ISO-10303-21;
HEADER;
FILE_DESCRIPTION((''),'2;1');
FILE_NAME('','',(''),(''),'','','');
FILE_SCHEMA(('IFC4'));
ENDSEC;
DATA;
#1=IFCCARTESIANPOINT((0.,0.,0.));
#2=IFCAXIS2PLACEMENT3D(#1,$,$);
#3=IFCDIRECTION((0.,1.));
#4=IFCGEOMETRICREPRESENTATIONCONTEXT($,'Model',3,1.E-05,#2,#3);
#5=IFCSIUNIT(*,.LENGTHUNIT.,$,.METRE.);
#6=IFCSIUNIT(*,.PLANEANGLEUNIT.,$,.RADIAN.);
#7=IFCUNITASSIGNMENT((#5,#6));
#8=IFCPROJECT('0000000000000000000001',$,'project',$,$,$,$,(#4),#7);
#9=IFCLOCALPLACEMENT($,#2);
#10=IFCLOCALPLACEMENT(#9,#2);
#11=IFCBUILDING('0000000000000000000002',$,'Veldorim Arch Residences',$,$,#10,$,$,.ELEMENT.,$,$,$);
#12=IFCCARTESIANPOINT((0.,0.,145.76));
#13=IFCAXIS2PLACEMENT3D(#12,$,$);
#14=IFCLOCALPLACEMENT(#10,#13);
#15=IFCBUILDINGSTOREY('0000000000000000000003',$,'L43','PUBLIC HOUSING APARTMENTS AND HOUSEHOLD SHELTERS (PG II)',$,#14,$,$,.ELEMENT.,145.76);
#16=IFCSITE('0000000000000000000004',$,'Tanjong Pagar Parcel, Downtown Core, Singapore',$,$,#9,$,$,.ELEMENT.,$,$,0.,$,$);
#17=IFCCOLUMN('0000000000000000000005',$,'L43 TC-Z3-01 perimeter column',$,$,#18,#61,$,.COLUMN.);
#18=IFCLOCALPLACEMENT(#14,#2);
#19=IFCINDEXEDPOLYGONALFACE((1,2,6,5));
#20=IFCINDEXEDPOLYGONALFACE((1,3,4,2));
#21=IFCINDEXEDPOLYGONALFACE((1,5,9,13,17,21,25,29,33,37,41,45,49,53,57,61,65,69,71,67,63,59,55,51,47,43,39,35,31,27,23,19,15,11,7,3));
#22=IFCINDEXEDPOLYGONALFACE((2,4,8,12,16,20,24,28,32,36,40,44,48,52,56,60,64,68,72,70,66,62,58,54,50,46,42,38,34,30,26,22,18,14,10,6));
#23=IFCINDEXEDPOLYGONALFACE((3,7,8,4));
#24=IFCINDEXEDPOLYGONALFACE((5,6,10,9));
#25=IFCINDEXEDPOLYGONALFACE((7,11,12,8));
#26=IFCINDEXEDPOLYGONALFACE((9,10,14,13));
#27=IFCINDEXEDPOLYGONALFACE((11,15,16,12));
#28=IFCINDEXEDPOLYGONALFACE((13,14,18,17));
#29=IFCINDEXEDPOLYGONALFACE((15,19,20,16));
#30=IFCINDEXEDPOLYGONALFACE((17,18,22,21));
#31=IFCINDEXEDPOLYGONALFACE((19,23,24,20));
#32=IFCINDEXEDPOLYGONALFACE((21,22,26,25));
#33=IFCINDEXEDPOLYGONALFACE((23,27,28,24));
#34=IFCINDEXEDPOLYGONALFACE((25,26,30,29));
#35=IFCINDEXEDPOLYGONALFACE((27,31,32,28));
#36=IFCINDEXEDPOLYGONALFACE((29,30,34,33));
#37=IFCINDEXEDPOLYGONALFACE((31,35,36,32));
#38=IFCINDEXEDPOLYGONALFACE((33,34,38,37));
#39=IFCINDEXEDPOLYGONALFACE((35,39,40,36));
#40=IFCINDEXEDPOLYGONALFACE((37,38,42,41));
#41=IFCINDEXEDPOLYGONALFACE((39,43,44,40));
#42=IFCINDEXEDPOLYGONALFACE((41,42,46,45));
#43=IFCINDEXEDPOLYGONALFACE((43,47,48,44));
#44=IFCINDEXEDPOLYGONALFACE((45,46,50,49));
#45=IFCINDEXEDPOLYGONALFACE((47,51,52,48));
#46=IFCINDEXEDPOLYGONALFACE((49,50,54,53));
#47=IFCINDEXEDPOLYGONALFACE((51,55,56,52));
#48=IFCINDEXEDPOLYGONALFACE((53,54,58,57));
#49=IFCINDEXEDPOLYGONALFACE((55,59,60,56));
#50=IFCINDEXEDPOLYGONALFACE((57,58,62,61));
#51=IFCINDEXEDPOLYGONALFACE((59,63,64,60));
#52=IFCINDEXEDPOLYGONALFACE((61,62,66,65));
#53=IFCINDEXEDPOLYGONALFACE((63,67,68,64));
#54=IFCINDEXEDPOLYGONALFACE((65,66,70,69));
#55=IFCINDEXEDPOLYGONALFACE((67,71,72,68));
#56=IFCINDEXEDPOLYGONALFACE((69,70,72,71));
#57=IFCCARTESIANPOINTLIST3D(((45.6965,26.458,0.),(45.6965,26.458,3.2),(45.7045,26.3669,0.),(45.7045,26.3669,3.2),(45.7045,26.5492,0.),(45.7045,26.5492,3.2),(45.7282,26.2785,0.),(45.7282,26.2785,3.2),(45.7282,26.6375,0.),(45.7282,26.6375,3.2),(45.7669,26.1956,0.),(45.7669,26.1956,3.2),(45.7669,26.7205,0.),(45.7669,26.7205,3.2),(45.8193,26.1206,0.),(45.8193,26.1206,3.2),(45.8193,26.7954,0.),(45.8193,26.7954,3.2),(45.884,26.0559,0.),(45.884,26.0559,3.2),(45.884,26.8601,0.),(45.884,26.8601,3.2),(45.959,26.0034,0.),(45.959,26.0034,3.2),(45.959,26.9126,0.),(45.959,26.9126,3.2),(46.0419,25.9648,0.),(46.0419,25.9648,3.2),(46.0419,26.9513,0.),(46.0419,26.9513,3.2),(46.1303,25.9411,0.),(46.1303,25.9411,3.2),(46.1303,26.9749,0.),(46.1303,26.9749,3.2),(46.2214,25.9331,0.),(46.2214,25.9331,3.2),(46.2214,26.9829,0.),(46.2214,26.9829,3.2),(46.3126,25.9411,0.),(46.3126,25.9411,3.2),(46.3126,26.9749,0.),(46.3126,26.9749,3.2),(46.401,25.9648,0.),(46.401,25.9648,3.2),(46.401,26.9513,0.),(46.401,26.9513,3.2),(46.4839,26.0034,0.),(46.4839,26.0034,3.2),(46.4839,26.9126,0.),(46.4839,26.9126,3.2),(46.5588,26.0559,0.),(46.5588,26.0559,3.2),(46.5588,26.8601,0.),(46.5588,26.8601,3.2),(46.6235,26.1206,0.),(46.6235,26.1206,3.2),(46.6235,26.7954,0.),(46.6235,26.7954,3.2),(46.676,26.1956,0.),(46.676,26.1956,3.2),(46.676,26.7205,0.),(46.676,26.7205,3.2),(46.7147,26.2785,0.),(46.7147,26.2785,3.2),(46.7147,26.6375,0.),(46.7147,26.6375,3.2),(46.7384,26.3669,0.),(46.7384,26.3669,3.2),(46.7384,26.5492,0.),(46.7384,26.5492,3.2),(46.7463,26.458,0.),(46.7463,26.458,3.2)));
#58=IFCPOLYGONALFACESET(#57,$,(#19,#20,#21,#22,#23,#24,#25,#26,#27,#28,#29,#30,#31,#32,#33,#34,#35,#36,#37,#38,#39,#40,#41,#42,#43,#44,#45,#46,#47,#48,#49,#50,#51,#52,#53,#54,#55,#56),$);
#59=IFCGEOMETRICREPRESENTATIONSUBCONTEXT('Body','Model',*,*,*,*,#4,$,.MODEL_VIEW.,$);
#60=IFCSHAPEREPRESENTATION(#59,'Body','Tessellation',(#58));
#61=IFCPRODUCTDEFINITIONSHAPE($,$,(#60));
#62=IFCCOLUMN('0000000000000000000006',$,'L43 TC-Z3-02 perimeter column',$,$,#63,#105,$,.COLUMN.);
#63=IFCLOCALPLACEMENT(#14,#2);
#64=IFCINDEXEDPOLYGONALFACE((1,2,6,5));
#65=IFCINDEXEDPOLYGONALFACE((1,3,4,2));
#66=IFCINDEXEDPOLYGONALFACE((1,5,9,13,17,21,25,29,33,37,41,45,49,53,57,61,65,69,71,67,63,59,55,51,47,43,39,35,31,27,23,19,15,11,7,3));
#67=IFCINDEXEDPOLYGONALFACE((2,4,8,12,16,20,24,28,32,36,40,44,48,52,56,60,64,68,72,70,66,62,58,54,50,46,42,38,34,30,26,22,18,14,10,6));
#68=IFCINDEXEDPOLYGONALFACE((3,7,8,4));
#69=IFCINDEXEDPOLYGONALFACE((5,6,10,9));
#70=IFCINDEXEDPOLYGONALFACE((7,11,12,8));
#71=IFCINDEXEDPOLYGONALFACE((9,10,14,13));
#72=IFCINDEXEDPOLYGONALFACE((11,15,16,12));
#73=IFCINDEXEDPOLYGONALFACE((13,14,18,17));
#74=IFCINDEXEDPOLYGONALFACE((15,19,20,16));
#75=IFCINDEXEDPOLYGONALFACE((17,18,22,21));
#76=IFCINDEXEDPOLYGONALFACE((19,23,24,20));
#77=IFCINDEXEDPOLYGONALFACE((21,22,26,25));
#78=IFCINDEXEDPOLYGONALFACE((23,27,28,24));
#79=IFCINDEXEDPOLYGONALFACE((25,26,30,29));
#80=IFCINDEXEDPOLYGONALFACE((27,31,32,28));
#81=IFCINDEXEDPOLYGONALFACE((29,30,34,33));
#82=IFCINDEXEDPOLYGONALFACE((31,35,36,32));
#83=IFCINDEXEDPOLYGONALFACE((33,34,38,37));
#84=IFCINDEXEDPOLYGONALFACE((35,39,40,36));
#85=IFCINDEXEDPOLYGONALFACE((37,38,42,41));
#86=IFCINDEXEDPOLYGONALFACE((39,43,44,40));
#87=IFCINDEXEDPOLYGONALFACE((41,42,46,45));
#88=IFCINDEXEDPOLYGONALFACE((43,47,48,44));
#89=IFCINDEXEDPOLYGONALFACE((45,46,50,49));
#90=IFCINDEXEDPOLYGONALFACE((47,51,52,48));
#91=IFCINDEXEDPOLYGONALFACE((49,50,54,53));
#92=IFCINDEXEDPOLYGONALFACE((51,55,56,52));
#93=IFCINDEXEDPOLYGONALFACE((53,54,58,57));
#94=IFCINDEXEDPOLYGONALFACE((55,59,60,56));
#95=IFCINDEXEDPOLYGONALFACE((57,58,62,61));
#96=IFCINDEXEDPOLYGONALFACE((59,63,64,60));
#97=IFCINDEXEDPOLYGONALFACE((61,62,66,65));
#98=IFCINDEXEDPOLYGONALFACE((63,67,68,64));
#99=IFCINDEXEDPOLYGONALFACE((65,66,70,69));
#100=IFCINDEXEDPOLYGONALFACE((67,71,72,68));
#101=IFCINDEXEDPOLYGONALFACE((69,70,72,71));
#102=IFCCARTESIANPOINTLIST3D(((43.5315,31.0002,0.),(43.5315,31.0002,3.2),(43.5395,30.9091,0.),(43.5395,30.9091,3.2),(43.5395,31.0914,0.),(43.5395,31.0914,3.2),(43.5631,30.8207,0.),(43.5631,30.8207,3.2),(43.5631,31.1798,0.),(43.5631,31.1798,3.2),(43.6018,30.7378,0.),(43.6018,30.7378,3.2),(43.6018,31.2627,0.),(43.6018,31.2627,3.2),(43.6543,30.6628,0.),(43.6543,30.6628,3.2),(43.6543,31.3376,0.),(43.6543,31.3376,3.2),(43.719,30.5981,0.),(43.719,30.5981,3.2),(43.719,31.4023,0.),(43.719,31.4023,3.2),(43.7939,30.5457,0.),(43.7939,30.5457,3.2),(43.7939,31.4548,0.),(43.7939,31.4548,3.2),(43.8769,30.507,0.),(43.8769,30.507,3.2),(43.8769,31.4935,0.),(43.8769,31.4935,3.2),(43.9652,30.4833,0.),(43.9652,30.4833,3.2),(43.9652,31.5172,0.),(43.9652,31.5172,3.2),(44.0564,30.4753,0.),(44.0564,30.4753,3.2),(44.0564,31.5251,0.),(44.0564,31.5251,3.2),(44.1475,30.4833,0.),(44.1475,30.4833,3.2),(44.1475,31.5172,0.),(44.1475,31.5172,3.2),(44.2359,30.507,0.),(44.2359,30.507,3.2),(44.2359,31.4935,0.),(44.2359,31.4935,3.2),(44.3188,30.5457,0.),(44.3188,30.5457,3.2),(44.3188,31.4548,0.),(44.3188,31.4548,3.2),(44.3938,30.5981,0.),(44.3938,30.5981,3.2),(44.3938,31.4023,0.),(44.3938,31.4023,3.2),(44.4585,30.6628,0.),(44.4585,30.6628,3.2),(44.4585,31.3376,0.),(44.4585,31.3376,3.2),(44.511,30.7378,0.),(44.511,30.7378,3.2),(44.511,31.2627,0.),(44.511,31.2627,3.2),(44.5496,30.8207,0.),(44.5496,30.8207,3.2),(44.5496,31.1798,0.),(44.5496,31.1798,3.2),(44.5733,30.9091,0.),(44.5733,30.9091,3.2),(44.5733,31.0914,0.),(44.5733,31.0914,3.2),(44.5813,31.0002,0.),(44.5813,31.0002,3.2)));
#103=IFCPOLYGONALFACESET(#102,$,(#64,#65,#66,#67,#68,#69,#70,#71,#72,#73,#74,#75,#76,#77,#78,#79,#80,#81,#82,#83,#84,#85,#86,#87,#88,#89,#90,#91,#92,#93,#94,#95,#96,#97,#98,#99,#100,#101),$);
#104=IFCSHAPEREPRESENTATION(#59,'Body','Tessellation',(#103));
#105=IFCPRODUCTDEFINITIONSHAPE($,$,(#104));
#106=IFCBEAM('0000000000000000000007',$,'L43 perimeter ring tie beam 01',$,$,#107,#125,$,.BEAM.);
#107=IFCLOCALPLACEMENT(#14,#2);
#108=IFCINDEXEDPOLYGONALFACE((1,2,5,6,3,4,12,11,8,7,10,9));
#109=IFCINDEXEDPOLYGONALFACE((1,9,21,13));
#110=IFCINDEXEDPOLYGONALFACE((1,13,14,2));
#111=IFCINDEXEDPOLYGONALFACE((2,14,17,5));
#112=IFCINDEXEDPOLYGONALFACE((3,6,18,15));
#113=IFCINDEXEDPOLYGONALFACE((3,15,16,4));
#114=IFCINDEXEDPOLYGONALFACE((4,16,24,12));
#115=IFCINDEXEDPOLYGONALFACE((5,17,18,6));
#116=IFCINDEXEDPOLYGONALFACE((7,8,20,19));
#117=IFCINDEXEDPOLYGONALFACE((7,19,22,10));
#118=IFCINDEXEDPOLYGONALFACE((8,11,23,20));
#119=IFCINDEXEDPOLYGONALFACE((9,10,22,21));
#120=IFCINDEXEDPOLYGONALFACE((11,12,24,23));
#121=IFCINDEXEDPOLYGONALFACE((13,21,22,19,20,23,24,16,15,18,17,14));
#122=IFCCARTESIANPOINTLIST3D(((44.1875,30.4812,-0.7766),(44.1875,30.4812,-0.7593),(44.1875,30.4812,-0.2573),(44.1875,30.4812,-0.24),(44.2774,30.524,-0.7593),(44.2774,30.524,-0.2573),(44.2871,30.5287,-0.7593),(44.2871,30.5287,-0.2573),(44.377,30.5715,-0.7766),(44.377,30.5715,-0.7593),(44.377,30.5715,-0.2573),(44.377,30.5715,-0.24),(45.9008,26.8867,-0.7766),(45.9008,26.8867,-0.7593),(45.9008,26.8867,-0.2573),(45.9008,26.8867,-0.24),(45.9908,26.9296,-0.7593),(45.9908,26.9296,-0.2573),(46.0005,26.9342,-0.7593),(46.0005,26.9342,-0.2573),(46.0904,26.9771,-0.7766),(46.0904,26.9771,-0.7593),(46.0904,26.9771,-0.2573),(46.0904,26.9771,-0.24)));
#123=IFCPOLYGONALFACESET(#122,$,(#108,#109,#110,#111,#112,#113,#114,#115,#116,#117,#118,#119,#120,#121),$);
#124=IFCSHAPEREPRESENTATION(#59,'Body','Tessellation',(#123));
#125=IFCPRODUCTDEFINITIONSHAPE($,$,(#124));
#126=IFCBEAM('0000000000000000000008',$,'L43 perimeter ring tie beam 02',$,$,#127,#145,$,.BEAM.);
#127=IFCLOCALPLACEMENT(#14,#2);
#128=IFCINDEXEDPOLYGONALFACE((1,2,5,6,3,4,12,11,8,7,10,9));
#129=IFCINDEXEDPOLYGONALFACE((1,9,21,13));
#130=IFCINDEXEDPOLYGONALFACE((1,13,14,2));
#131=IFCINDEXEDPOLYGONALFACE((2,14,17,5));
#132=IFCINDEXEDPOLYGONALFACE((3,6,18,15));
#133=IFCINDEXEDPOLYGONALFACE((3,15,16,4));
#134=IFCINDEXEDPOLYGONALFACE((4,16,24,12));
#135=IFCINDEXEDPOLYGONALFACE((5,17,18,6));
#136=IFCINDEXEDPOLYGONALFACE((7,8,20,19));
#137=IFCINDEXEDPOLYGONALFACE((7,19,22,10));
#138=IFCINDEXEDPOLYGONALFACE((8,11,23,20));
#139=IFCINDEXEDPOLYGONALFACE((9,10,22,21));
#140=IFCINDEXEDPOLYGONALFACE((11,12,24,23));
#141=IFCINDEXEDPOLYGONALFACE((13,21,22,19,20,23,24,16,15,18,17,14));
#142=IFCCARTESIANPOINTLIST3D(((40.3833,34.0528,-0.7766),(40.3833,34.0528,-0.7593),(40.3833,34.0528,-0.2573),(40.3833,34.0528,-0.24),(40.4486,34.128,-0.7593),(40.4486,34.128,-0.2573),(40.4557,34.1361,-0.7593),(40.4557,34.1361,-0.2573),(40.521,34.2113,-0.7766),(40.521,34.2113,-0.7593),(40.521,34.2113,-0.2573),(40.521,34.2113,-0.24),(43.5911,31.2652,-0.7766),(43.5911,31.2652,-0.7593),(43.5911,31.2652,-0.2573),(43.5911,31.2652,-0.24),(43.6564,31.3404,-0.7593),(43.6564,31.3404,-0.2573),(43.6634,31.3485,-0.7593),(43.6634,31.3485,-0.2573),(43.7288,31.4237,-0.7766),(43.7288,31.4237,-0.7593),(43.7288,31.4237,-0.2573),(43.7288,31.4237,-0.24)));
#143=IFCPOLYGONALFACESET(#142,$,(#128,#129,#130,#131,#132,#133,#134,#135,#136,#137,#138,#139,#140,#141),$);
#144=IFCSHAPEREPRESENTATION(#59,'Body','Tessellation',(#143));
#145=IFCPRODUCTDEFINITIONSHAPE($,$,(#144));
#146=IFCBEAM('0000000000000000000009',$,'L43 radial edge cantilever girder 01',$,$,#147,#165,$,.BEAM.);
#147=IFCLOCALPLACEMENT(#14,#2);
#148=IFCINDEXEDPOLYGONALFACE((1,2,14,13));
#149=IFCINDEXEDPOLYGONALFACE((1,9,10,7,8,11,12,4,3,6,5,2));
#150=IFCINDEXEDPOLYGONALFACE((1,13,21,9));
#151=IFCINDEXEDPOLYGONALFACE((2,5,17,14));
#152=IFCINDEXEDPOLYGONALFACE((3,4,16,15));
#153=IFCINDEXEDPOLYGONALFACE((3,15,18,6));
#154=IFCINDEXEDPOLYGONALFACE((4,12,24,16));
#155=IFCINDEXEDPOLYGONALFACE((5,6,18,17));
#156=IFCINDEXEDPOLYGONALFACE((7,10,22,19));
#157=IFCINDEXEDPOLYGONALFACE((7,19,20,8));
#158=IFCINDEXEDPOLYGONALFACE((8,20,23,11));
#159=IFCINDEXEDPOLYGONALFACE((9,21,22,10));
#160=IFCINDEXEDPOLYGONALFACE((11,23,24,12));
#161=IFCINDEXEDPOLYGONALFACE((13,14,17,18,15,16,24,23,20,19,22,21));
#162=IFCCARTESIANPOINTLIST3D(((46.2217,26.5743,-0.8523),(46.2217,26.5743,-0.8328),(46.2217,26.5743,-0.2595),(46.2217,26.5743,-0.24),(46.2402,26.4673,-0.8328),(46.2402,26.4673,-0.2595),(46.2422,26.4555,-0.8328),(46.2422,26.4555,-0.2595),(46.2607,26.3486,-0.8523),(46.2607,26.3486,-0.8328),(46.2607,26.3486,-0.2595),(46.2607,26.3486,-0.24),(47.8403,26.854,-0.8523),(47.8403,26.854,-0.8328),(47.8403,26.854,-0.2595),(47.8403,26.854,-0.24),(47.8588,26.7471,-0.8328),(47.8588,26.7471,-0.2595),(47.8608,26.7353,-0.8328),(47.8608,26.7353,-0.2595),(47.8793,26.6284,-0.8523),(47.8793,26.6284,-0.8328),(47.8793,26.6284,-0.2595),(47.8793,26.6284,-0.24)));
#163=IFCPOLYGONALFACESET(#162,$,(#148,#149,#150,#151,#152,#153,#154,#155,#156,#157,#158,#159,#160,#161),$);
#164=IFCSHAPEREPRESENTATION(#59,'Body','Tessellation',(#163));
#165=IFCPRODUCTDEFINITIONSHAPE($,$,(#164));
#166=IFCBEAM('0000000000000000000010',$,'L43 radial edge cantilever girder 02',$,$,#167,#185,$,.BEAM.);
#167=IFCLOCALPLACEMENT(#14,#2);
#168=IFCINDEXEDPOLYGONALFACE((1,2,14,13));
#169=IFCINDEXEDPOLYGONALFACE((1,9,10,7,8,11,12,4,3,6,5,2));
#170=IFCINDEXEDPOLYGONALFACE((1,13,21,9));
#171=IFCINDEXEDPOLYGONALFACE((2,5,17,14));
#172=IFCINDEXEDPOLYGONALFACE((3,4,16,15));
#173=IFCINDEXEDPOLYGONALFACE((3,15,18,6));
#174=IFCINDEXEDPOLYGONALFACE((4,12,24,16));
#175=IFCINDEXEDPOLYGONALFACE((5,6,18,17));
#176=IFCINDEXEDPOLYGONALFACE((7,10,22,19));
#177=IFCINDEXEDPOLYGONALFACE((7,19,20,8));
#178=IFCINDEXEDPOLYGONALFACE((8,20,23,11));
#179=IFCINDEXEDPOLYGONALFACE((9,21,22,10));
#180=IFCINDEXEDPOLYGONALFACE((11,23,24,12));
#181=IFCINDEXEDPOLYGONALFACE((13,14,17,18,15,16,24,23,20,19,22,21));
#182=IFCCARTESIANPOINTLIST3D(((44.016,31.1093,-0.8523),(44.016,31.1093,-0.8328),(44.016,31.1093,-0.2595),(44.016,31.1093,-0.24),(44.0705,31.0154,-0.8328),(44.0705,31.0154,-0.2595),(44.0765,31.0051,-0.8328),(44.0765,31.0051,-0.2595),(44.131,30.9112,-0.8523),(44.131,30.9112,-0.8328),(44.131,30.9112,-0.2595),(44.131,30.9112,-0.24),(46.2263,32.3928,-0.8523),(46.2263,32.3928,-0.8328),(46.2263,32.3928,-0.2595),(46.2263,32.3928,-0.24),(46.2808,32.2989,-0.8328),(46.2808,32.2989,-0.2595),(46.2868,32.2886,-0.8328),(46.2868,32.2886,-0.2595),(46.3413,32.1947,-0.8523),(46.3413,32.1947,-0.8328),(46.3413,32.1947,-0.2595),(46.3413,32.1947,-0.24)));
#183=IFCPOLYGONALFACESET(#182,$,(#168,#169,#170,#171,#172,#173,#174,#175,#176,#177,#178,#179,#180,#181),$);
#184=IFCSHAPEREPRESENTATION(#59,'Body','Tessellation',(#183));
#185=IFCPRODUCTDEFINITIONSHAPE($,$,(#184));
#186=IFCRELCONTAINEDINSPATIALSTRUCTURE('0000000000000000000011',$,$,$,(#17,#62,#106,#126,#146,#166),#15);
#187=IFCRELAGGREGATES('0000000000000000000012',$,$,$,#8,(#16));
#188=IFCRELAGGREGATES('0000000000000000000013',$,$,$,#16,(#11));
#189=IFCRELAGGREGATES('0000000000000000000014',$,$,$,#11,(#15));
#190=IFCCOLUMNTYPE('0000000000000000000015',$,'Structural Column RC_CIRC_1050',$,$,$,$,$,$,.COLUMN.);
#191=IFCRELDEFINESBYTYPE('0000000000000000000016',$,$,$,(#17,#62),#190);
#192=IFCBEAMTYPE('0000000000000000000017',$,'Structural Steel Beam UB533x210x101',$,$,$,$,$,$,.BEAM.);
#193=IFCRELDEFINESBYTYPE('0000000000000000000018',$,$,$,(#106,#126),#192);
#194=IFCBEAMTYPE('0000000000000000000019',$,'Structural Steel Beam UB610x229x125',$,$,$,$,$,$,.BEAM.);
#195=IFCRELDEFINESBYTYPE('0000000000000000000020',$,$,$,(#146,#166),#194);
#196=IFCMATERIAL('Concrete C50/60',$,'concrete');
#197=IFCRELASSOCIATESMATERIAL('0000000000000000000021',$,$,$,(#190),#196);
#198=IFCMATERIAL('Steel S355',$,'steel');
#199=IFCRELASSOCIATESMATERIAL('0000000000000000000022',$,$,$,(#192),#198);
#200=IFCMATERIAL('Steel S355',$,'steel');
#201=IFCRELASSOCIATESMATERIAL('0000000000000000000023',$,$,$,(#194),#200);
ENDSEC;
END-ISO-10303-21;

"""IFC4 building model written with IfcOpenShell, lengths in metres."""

from ifc_helpers import new_model, si_unit, direction, frame, origin, origin_2d, place, context, subcontext, project, spatial, circle, i_section, extrude, material, material_profile, profile_set, type_object, element, save


model = new_model("IFC4")

# Units and contexts
model_context = context("Model", 3, precision=1e-05, world=origin(), true_north=direction((0.0, 1.0)))
body_context = subcontext(model_context, "Body", "Model", "MODEL_VIEW")
ifc_project = project(units=[si_unit("LENGTHUNIT", "METRE"), si_unit("PLANEANGLEUNIT", "RADIAN")], contexts=[model_context])

# Site, building, storey
site_placement = place(None, origin())
site = spatial("IfcSite", under=ifc_project, at=site_placement, Name="Tanjong Pagar Parcel, Downtown Core, Singapore", CompositionType="ELEMENT", RefElevation=0.0)
building_placement = place(site_placement, origin())
building = spatial("IfcBuilding", under=site, at=building_placement, Name="Veldorim Arch Residences", CompositionType="ELEMENT")
storey_placement = place(building_placement, frame((0.0, 0.0, 145.76)))
storey = spatial("IfcBuildingStorey", under=building, at=storey_placement, Name="L43", Description="PUBLIC HOUSING APARTMENTS AND HOUSEHOLD SHELTERS (PG II)", CompositionType="ELEMENT", Elevation=145.76)

# Columns
ifc_material_1 = material(Name="Concrete C50/60", Category="concrete")
ifc_material_profile_1 = material_profile(ifc_material_1, circle(Radius=0.5249, at=origin_2d()), Name="RC_CIRC_1050")
ifc_profile_set_1 = profile_set([ifc_material_profile_1], Name="Concrete C50/60")
column_type = type_object("IfcColumnType", Name="Structural Column RC_CIRC_1050", PredefinedType="COLUMN", material=ifc_profile_set_1)
for number, where, z_axis, x_axis, name in (
    (1, (46.2214, 26.458, 0.0), (0.0, 0.0, 1.0), (1.0, 0.0, 0.0), "L43 TC-Z3-01 perimeter column"),
    (2, (44.0564, 31.0002, 0.0), (0.0, 0.0, 1.0), (1.0, 0.0, 0.0), "L43 TC-Z3-02 perimeter column"),
):
    element("IfcColumn", number, at=place(storey_placement, frame(where, z_axis=z_axis, x_axis=x_axis)), inside=storey, type_object=column_type, Name=name, PredefinedType="COLUMN", context=body_context, shape_type="SweptSolid", body=[
        extrude(circle(Radius=0.5249, at=origin_2d()), origin(), (0.0, 0.0, 1.0), 3.2),
    ])

# Beams
ifc_material_2 = material(Name="Steel S355", Category="steel")
ifc_material_profile_2 = material_profile(ifc_material_2, i_section(OverallWidth=0.21, OverallDepth=0.5366, WebThickness=0.0107, FlangeThickness=0.0173, at=origin_2d()), Name="UB533x210x101")
ifc_profile_set_2 = profile_set([ifc_material_profile_2], Name="Steel S355")
beam_type_1 = type_object("IfcBeamType", Name="Structural Steel Beam UB533x210x101", PredefinedType="BEAM", material=ifc_profile_set_2)
beam_1_placement = place(storey_placement, frame((45.9956, 26.9319, -0.5083), z_axis=(-0.430286, 0.902693, 0.0), x_axis=(-0.902693, -0.430286, 0.0)))
element("IfcBeam", 3, at=beam_1_placement, inside=storey, type_object=beam_type_1, Name="L43 perimeter ring tie beam 01", PredefinedType="BEAM", context=body_context, shape_type="SweptSolid", body=[
    extrude(i_section(OverallWidth=0.21, OverallDepth=0.5366, WebThickness=0.0107, FlangeThickness=0.0173, at=origin_2d()), origin(), (0.0, 0.0, 1.0), 3.9819),
])
beam_2_placement = place(storey_placement, frame((43.6599, 31.3445, -0.5083), z_axis=(-0.754811, 0.655943, 0.0), x_axis=(-0.655943, -0.754811, 0.0)))
element("IfcBeam", 4, at=beam_2_placement, inside=storey, type_object=beam_type_1, Name="L43 perimeter ring tie beam 02", PredefinedType="BEAM", context=body_context, shape_type="SweptSolid", body=[
    extrude(i_section(OverallWidth=0.21, OverallDepth=0.5366, WebThickness=0.0107, FlangeThickness=0.0173, at=origin_2d()), origin(), (0.0, 0.0, 1.0), 4.2498),
])
ifc_material_3 = material(Name="Steel S355", Category="steel")
ifc_material_profile_3 = material_profile(ifc_material_3, i_section(OverallWidth=0.229, OverallDepth=0.6123, WebThickness=0.012, FlangeThickness=0.0195, at=origin_2d()), Name="UB610x229x125")
ifc_profile_set_3 = profile_set([ifc_material_profile_3], Name="Steel S355")
beam_type_2 = type_object("IfcBeamType", Name="Structural Steel Beam UB610x229x125", PredefinedType="BEAM", material=ifc_profile_set_3)
beam_3_placement = place(storey_placement, frame((46.2412, 26.4614, -0.5461), z_axis=(0.985388, 0.170325, 0.0), x_axis=(-0.170325, 0.985388, 0.0)))
element("IfcBeam", 5, at=beam_3_placement, inside=storey, type_object=beam_type_2, Name="L43 radial edge cantilever girder 01", PredefinedType="BEAM", context=body_context, shape_type="SweptSolid", body=[
    extrude(i_section(OverallWidth=0.229, OverallDepth=0.6123, WebThickness=0.012, FlangeThickness=0.0195, at=origin_2d()), origin(), (0.0, 0.0, 1.0), 1.6426),
])
beam_4_placement = place(storey_placement, frame((44.0735, 31.0103, -0.5461), z_axis=(0.864772, 0.502165, 0.0), x_axis=(-0.502165, 0.864772, 0.0)))
element("IfcBeam", 6, at=beam_4_placement, inside=storey, type_object=beam_type_2, Name="L43 radial edge cantilever girder 02", PredefinedType="BEAM", context=body_context, shape_type="SweptSolid", body=[
    extrude(i_section(OverallWidth=0.229, OverallDepth=0.6123, WebThickness=0.012, FlangeThickness=0.0195, at=origin_2d()), origin(), (0.0, 0.0, 1.0), 2.5559),
])

save(model, "model.ifc")
